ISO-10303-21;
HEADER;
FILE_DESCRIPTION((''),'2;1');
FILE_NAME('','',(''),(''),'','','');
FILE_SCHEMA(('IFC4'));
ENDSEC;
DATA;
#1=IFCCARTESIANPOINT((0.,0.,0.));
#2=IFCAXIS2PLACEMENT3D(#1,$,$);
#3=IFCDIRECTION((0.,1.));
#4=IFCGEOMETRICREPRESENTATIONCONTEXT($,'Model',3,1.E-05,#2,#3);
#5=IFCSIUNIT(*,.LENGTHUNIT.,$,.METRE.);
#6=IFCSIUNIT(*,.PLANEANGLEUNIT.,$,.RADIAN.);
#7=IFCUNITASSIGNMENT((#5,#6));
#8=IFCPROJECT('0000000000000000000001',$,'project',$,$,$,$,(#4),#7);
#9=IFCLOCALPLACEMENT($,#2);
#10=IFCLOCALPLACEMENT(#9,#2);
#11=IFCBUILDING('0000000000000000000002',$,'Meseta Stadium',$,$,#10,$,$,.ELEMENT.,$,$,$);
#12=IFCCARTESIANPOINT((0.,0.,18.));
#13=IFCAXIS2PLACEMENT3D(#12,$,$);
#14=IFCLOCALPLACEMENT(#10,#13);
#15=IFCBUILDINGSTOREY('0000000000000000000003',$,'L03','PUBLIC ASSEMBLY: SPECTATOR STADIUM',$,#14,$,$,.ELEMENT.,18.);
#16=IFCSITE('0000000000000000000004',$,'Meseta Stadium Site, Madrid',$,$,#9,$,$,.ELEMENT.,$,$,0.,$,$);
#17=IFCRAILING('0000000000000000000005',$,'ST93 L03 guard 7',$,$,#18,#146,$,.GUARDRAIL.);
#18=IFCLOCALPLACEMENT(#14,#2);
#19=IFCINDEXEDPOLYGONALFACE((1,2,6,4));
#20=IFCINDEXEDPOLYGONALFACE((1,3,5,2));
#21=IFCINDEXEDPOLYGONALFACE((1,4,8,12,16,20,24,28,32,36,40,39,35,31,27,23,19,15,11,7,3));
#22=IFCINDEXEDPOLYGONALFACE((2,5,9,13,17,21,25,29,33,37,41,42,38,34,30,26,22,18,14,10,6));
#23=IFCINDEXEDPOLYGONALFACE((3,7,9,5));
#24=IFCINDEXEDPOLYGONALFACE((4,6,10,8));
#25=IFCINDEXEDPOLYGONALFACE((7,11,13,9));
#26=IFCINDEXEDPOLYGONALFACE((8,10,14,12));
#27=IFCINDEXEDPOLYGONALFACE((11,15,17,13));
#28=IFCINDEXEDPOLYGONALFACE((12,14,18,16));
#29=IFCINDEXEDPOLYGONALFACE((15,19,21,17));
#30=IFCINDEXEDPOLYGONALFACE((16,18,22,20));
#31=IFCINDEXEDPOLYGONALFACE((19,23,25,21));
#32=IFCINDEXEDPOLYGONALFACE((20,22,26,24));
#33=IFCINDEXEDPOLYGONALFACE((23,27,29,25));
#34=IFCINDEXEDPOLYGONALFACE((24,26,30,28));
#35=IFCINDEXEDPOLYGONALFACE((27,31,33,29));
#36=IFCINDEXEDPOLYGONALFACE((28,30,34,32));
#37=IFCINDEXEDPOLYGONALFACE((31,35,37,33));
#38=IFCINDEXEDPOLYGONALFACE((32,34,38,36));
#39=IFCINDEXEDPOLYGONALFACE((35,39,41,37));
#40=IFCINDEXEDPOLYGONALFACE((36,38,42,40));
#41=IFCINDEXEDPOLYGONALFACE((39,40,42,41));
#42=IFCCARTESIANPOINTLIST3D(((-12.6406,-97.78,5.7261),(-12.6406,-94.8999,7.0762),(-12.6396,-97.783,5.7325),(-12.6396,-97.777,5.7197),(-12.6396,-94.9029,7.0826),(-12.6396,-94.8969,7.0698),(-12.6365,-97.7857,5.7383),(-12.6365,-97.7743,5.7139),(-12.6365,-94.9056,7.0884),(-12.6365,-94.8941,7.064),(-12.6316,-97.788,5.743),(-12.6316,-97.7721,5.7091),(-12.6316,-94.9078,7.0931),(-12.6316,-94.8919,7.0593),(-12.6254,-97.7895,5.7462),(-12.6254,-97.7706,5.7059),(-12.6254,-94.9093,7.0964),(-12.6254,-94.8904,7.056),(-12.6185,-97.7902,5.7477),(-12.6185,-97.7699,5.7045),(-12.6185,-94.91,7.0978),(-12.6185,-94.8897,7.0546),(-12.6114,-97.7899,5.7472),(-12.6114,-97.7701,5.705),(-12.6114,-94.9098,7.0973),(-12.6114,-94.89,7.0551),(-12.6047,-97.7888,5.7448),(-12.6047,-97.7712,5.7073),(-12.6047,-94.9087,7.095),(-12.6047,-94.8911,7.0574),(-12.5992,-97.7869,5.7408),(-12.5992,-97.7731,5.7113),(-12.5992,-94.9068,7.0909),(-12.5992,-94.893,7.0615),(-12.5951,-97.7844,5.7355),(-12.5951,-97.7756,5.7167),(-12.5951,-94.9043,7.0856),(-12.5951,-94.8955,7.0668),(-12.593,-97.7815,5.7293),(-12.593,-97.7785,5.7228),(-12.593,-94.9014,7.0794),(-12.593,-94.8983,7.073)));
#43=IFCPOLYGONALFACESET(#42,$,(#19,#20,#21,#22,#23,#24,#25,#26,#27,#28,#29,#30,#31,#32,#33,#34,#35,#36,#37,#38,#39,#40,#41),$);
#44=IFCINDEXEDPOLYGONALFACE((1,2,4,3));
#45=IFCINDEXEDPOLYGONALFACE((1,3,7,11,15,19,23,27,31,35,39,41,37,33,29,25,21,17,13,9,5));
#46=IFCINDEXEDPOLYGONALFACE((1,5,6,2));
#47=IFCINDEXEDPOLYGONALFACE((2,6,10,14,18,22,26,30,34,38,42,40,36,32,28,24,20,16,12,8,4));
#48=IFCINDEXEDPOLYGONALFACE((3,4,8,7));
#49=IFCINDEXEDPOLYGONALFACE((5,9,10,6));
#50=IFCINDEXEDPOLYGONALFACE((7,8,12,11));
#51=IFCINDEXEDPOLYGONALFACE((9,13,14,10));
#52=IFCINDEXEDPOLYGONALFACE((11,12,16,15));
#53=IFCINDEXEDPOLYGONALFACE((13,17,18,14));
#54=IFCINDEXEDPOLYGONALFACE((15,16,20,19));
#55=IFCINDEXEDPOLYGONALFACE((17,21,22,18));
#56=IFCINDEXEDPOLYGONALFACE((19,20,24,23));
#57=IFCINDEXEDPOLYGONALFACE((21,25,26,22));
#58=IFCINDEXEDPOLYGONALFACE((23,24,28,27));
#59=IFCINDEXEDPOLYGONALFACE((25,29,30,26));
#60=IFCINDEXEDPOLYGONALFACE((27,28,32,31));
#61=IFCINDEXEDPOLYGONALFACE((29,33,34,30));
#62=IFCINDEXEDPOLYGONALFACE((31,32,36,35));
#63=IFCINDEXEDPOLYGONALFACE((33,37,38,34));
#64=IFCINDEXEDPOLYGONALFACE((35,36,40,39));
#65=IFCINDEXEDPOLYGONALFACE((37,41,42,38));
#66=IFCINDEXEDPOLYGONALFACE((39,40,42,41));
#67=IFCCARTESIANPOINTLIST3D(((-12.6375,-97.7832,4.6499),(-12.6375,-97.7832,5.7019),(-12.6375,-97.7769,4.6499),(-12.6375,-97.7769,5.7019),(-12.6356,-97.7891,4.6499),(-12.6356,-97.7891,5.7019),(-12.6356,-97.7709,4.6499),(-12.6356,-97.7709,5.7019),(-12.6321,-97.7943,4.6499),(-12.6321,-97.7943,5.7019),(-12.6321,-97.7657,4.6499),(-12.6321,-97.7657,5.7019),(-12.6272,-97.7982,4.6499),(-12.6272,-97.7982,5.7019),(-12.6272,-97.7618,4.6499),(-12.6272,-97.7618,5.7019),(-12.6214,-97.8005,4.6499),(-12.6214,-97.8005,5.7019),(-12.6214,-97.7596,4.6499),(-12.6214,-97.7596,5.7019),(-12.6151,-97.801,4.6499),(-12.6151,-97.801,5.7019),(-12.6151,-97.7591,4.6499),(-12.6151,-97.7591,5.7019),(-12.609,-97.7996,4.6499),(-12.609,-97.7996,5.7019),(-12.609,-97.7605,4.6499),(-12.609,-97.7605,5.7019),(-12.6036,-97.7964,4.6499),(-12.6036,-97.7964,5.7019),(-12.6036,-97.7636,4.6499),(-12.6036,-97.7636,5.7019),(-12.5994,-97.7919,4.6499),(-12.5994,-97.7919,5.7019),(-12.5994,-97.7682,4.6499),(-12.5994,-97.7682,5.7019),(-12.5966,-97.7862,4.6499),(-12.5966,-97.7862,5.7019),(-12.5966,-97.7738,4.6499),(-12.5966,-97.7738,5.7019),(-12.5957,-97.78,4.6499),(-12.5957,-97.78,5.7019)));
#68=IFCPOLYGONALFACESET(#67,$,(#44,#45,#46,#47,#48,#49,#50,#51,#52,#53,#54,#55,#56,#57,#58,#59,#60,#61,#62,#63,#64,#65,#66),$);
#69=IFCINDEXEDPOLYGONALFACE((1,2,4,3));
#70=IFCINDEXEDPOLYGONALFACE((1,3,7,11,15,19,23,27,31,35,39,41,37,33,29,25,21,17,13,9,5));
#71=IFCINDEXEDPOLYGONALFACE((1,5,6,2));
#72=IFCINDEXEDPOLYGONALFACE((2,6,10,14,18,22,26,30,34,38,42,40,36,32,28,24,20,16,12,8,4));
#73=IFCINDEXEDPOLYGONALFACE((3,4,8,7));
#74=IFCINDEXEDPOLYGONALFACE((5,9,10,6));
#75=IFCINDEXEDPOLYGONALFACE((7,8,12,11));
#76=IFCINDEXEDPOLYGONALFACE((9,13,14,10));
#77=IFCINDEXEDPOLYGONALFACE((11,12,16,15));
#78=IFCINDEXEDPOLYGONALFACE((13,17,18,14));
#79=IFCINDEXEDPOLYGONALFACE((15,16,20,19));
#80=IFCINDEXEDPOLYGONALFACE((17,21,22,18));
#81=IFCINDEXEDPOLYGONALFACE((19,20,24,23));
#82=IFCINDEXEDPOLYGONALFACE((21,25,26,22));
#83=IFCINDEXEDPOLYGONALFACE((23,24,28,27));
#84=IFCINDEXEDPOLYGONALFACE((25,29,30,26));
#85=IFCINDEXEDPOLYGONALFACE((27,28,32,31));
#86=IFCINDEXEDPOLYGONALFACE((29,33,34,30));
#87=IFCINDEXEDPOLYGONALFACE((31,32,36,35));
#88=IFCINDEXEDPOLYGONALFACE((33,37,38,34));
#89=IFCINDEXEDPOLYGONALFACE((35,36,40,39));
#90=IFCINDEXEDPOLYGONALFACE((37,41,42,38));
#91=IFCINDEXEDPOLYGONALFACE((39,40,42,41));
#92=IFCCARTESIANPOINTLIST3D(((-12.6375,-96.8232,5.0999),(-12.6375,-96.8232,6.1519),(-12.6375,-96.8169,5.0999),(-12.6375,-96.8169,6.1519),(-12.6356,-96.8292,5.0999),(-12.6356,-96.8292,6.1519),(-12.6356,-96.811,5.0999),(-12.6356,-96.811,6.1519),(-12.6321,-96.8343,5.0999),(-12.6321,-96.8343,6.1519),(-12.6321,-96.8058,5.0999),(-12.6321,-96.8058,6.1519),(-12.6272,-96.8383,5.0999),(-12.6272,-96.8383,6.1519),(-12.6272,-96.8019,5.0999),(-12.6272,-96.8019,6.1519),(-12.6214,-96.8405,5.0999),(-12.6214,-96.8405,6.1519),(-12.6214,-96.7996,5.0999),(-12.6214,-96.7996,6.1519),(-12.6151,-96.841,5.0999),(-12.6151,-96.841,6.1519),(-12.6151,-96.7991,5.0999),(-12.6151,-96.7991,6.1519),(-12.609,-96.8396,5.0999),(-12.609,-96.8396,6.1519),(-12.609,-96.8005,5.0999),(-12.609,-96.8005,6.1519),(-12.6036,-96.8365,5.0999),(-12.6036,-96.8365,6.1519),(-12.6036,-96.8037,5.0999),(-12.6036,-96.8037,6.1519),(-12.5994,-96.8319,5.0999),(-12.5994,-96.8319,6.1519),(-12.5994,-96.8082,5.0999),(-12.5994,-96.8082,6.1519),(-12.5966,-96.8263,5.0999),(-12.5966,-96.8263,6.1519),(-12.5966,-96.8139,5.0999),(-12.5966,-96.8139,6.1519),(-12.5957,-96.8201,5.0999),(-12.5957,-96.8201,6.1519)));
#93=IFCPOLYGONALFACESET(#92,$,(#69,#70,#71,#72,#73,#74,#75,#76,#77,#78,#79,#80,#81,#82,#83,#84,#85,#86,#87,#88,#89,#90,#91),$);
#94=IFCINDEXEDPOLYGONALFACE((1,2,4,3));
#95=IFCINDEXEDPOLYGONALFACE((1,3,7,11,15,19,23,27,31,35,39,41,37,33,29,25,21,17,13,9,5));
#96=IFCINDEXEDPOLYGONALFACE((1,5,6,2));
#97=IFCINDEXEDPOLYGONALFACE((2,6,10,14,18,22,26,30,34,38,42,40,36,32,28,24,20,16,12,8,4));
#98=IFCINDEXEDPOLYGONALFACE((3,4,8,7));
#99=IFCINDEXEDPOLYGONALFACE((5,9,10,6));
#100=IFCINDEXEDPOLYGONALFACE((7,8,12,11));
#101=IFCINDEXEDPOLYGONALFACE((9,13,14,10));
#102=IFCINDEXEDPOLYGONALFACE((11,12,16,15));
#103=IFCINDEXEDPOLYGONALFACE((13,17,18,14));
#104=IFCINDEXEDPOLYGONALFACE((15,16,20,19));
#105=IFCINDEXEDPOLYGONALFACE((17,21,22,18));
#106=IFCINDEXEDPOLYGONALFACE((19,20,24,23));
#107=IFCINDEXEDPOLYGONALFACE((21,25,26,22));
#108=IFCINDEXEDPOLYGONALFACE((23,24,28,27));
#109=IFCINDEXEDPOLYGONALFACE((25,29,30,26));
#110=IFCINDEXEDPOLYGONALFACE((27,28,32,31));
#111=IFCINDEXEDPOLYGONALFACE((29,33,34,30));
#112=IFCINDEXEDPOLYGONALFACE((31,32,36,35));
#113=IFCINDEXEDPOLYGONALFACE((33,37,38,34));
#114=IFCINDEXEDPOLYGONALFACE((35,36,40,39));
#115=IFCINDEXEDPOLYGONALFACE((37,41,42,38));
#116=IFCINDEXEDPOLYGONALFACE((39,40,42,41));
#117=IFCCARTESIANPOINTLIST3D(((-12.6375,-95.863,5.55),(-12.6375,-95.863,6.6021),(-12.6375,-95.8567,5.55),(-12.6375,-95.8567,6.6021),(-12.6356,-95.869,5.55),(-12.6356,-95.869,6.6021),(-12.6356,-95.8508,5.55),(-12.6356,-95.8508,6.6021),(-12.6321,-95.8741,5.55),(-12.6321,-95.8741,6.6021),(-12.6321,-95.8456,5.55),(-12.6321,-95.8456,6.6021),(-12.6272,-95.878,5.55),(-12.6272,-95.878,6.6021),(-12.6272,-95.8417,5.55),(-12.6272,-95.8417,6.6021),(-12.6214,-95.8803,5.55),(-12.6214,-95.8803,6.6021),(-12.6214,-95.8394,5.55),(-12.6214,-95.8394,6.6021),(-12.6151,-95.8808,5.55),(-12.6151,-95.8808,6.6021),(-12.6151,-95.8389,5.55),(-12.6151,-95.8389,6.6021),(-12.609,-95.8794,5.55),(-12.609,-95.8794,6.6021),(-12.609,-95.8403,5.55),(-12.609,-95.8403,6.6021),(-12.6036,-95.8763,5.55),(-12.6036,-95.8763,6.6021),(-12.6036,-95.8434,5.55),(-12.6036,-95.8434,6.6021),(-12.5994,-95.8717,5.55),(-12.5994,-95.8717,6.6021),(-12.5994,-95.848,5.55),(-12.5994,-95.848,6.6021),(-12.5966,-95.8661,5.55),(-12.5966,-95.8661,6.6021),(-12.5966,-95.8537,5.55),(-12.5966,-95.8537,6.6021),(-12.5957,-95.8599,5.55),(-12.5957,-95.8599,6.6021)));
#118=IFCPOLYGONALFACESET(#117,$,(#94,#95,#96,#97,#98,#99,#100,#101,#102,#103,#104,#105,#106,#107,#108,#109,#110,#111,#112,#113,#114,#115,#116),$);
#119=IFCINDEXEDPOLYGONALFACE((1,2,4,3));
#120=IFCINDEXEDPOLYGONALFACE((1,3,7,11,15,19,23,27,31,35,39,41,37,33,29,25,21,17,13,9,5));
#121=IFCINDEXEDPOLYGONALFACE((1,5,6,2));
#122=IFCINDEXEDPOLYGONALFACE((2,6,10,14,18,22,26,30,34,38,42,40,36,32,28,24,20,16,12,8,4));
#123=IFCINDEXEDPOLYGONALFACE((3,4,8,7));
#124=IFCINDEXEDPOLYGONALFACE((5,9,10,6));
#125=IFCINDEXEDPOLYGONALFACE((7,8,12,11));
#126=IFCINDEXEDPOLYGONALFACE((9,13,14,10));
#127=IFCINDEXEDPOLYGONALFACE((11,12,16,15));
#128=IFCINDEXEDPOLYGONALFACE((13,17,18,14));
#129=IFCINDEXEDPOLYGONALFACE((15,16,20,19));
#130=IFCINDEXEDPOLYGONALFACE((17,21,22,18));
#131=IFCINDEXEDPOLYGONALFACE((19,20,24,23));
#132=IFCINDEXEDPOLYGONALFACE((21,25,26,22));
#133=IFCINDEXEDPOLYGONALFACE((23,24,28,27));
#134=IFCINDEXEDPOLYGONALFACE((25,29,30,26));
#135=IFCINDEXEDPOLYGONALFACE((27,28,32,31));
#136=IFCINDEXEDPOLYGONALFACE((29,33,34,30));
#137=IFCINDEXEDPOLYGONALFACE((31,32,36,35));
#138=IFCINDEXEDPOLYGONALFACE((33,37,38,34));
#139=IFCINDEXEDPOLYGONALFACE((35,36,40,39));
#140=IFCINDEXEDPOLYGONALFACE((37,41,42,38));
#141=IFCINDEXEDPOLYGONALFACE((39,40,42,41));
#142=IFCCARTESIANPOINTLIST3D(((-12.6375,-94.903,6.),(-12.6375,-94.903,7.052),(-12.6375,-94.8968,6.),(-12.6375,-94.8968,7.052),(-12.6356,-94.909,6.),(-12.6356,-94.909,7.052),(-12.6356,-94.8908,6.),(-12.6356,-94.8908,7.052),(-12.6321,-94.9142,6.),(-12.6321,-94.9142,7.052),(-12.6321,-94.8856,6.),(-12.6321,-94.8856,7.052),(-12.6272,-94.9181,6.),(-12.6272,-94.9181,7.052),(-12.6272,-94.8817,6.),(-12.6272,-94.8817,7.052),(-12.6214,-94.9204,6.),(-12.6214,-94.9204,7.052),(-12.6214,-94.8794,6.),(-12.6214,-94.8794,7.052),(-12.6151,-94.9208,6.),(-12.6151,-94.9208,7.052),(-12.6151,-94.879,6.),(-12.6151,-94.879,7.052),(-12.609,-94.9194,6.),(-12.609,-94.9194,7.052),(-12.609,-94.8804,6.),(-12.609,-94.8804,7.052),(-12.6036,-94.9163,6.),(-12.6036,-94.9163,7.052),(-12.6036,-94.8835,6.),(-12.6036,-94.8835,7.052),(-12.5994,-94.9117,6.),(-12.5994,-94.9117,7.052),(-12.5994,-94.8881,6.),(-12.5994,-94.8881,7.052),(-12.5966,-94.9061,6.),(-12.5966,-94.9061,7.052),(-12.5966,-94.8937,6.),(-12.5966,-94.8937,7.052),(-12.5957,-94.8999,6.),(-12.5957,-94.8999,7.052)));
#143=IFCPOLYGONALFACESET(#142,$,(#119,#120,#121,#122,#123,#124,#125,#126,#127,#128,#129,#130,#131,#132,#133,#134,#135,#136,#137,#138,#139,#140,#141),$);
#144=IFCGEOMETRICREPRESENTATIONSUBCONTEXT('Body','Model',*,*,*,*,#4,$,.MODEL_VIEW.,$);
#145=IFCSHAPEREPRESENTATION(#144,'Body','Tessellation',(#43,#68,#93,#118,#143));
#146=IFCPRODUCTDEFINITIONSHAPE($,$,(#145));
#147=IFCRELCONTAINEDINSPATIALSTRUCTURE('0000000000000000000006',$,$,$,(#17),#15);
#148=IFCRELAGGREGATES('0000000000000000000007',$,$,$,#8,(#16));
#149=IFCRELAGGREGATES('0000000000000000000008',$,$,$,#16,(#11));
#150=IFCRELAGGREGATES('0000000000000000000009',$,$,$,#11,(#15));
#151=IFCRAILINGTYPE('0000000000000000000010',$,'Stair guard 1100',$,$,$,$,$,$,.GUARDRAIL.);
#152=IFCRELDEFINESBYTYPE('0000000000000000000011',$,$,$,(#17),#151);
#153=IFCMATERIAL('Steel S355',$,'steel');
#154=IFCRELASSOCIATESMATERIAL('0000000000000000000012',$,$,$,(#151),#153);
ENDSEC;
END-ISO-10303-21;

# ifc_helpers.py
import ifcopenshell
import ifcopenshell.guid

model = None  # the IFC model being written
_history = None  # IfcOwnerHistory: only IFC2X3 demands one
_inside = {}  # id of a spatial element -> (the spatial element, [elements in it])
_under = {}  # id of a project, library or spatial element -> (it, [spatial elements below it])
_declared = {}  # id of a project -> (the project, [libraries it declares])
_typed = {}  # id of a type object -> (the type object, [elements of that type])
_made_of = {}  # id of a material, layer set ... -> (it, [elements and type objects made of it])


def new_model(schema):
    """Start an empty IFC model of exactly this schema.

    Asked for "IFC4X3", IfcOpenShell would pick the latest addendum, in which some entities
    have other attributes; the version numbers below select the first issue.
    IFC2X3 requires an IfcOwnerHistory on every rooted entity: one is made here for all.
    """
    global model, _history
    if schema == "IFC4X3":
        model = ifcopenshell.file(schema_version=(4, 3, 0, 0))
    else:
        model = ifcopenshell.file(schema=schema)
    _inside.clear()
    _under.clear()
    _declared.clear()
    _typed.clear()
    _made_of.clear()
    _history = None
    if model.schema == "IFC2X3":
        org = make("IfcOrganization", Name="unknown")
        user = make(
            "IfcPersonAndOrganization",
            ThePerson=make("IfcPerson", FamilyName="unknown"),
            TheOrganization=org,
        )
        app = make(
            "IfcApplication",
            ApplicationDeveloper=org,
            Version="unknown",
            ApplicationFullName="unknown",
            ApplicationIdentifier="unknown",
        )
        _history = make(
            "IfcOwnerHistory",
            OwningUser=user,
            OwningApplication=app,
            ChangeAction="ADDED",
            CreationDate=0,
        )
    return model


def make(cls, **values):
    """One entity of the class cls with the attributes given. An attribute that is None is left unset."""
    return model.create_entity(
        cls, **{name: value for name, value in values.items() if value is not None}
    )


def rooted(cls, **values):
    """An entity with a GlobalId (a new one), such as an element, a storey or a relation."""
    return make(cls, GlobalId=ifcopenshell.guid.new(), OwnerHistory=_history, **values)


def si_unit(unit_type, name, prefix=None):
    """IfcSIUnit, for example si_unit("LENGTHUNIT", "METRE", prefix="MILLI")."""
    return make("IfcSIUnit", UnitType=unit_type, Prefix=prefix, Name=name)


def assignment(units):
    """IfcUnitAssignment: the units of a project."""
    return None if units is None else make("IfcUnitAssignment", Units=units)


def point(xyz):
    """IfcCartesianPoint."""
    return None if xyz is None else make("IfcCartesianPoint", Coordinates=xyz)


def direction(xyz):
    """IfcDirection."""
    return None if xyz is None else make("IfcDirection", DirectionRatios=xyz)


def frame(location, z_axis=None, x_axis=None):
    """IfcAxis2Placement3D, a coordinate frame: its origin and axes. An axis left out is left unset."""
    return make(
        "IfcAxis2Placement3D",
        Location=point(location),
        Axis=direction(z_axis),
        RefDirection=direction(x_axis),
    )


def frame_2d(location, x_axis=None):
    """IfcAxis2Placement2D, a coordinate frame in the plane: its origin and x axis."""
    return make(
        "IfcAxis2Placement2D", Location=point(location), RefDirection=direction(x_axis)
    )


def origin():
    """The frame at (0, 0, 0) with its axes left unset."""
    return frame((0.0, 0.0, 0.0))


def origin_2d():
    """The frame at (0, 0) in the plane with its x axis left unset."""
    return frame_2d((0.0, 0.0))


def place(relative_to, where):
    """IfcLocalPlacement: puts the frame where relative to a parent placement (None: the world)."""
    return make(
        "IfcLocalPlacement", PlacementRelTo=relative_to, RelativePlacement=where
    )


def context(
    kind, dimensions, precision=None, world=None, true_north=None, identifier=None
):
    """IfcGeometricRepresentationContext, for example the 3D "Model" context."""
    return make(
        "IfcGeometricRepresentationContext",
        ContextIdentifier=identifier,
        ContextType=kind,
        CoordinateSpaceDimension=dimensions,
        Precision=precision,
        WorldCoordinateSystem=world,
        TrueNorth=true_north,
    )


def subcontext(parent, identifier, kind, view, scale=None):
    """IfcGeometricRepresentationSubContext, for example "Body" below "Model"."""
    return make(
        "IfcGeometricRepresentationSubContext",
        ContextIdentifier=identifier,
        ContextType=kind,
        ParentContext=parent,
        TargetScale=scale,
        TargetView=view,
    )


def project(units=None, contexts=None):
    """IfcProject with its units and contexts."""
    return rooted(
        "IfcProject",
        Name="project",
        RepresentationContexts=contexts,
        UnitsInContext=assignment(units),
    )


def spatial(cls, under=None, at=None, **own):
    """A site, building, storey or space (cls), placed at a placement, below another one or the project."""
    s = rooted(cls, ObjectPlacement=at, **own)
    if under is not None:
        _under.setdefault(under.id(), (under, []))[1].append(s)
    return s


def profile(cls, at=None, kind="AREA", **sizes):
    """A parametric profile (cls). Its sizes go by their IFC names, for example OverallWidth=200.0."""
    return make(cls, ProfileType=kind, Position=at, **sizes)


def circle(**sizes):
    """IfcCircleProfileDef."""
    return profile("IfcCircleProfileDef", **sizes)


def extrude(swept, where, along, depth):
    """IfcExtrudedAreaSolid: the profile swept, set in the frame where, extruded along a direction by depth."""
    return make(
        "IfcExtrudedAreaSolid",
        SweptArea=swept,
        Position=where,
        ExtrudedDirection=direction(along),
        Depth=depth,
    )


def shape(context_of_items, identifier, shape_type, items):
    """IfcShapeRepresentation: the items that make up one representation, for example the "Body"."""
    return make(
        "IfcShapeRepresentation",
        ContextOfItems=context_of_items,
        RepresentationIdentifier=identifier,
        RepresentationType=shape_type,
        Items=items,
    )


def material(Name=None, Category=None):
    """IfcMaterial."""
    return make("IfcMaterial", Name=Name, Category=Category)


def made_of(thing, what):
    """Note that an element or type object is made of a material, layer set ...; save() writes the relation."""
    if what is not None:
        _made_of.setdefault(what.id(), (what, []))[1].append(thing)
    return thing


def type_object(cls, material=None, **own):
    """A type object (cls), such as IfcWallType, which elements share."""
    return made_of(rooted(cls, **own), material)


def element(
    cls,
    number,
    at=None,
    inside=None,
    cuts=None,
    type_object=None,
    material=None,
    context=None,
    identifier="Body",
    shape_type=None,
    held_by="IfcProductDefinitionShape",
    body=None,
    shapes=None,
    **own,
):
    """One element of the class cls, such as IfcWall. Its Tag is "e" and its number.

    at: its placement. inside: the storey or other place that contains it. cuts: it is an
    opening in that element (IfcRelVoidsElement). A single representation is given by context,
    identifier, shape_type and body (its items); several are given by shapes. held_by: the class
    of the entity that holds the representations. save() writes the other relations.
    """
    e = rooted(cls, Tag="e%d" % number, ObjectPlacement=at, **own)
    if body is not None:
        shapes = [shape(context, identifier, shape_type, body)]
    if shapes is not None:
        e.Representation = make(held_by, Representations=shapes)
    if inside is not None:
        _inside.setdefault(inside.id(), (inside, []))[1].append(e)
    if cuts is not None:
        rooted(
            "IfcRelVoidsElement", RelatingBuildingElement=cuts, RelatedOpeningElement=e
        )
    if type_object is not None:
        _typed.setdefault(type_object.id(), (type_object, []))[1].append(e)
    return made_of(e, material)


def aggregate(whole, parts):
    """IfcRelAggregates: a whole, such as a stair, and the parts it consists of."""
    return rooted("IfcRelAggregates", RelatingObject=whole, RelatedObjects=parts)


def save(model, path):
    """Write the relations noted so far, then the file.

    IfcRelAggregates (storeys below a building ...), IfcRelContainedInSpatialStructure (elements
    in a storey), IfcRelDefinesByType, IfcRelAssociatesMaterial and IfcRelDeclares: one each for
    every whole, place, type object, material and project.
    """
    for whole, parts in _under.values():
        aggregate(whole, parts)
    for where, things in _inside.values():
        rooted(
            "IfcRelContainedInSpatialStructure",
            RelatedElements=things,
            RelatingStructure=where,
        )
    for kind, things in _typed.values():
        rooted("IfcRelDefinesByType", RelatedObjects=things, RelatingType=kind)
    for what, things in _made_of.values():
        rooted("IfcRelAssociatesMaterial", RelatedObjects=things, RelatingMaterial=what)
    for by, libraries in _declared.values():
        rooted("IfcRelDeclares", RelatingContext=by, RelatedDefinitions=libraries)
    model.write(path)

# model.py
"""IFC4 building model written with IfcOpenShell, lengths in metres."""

from ifc_helpers import new_model, si_unit, direction, frame, origin, origin_2d, place, context, subcontext, project, spatial, circle, extrude, material, type_object, element, save


model = new_model("IFC4")

# Units and contexts
model_context = context("Model", 3, precision=1e-05, world=origin(), true_north=direction((0.0, 1.0)))
body_context = subcontext(model_context, "Body", "Model", "MODEL_VIEW")
ifc_project = project(units=[si_unit("LENGTHUNIT", "METRE"), si_unit("PLANEANGLEUNIT", "RADIAN")], contexts=[model_context])

# Site, building, storey
site_placement = place(None, origin())
site = spatial("IfcSite", under=ifc_project, at=site_placement, Name="Meseta Stadium Site, Madrid", CompositionType="ELEMENT", RefElevation=0.0)
building_placement = place(site_placement, origin())
building = spatial("IfcBuilding", under=site, at=building_placement, Name="Meseta Stadium", CompositionType="ELEMENT")
storey_placement = place(building_placement, frame((0.0, 0.0, 18.0)))
storey = spatial("IfcBuildingStorey", under=building, at=storey_placement, Name="L03", Description="PUBLIC ASSEMBLY: SPECTATOR STADIUM", CompositionType="ELEMENT", Elevation=18.0)

# Railing
ifc_material_1 = material(Name="Steel S355", Category="steel")
railing_type_1 = type_object("IfcRailingType", Name="Stair guard 1100", PredefinedType="GUARDRAIL", material=ifc_material_1)
railing_1_placement = place(storey_placement, frame((-12.6167, -97.78, 4.6499)))
element("IfcRailing", 1, at=railing_1_placement, inside=storey, type_object=railing_type_1, Name="ST93 L03 guard 7", PredefinedType="GUARDRAIL", context=body_context, shape_type="SweptSolid", body=[
    extrude(circle(Radius=0.0239, at=origin_2d()), frame((0.0, 0.0, 1.0762), z_axis=(0.0, 0.905454, 0.424444), x_axis=(-1.0, 0.0, 0.0)), (0.0, 0.0, 1.0), 3.1809),
    extrude(circle(Radius=0.021, at=origin_2d()), origin(), (0.0, 0.0, 1.0), 1.052),
    extrude(circle(Radius=0.021, at=origin_2d()), frame((0.0, 0.96, 0.45)), (0.0, 0.0, 1.0), 1.052),
    extrude(circle(Radius=0.021, at=origin_2d()), frame((0.0, 1.9202, 0.9001)), (0.0, 0.0, 1.0), 1.052),
    extrude(circle(Radius=0.021, at=origin_2d()), frame((0.0, 2.8801, 1.3501)), (0.0, 0.0, 1.0), 1.052),
])

save(model, "model.ifc")
